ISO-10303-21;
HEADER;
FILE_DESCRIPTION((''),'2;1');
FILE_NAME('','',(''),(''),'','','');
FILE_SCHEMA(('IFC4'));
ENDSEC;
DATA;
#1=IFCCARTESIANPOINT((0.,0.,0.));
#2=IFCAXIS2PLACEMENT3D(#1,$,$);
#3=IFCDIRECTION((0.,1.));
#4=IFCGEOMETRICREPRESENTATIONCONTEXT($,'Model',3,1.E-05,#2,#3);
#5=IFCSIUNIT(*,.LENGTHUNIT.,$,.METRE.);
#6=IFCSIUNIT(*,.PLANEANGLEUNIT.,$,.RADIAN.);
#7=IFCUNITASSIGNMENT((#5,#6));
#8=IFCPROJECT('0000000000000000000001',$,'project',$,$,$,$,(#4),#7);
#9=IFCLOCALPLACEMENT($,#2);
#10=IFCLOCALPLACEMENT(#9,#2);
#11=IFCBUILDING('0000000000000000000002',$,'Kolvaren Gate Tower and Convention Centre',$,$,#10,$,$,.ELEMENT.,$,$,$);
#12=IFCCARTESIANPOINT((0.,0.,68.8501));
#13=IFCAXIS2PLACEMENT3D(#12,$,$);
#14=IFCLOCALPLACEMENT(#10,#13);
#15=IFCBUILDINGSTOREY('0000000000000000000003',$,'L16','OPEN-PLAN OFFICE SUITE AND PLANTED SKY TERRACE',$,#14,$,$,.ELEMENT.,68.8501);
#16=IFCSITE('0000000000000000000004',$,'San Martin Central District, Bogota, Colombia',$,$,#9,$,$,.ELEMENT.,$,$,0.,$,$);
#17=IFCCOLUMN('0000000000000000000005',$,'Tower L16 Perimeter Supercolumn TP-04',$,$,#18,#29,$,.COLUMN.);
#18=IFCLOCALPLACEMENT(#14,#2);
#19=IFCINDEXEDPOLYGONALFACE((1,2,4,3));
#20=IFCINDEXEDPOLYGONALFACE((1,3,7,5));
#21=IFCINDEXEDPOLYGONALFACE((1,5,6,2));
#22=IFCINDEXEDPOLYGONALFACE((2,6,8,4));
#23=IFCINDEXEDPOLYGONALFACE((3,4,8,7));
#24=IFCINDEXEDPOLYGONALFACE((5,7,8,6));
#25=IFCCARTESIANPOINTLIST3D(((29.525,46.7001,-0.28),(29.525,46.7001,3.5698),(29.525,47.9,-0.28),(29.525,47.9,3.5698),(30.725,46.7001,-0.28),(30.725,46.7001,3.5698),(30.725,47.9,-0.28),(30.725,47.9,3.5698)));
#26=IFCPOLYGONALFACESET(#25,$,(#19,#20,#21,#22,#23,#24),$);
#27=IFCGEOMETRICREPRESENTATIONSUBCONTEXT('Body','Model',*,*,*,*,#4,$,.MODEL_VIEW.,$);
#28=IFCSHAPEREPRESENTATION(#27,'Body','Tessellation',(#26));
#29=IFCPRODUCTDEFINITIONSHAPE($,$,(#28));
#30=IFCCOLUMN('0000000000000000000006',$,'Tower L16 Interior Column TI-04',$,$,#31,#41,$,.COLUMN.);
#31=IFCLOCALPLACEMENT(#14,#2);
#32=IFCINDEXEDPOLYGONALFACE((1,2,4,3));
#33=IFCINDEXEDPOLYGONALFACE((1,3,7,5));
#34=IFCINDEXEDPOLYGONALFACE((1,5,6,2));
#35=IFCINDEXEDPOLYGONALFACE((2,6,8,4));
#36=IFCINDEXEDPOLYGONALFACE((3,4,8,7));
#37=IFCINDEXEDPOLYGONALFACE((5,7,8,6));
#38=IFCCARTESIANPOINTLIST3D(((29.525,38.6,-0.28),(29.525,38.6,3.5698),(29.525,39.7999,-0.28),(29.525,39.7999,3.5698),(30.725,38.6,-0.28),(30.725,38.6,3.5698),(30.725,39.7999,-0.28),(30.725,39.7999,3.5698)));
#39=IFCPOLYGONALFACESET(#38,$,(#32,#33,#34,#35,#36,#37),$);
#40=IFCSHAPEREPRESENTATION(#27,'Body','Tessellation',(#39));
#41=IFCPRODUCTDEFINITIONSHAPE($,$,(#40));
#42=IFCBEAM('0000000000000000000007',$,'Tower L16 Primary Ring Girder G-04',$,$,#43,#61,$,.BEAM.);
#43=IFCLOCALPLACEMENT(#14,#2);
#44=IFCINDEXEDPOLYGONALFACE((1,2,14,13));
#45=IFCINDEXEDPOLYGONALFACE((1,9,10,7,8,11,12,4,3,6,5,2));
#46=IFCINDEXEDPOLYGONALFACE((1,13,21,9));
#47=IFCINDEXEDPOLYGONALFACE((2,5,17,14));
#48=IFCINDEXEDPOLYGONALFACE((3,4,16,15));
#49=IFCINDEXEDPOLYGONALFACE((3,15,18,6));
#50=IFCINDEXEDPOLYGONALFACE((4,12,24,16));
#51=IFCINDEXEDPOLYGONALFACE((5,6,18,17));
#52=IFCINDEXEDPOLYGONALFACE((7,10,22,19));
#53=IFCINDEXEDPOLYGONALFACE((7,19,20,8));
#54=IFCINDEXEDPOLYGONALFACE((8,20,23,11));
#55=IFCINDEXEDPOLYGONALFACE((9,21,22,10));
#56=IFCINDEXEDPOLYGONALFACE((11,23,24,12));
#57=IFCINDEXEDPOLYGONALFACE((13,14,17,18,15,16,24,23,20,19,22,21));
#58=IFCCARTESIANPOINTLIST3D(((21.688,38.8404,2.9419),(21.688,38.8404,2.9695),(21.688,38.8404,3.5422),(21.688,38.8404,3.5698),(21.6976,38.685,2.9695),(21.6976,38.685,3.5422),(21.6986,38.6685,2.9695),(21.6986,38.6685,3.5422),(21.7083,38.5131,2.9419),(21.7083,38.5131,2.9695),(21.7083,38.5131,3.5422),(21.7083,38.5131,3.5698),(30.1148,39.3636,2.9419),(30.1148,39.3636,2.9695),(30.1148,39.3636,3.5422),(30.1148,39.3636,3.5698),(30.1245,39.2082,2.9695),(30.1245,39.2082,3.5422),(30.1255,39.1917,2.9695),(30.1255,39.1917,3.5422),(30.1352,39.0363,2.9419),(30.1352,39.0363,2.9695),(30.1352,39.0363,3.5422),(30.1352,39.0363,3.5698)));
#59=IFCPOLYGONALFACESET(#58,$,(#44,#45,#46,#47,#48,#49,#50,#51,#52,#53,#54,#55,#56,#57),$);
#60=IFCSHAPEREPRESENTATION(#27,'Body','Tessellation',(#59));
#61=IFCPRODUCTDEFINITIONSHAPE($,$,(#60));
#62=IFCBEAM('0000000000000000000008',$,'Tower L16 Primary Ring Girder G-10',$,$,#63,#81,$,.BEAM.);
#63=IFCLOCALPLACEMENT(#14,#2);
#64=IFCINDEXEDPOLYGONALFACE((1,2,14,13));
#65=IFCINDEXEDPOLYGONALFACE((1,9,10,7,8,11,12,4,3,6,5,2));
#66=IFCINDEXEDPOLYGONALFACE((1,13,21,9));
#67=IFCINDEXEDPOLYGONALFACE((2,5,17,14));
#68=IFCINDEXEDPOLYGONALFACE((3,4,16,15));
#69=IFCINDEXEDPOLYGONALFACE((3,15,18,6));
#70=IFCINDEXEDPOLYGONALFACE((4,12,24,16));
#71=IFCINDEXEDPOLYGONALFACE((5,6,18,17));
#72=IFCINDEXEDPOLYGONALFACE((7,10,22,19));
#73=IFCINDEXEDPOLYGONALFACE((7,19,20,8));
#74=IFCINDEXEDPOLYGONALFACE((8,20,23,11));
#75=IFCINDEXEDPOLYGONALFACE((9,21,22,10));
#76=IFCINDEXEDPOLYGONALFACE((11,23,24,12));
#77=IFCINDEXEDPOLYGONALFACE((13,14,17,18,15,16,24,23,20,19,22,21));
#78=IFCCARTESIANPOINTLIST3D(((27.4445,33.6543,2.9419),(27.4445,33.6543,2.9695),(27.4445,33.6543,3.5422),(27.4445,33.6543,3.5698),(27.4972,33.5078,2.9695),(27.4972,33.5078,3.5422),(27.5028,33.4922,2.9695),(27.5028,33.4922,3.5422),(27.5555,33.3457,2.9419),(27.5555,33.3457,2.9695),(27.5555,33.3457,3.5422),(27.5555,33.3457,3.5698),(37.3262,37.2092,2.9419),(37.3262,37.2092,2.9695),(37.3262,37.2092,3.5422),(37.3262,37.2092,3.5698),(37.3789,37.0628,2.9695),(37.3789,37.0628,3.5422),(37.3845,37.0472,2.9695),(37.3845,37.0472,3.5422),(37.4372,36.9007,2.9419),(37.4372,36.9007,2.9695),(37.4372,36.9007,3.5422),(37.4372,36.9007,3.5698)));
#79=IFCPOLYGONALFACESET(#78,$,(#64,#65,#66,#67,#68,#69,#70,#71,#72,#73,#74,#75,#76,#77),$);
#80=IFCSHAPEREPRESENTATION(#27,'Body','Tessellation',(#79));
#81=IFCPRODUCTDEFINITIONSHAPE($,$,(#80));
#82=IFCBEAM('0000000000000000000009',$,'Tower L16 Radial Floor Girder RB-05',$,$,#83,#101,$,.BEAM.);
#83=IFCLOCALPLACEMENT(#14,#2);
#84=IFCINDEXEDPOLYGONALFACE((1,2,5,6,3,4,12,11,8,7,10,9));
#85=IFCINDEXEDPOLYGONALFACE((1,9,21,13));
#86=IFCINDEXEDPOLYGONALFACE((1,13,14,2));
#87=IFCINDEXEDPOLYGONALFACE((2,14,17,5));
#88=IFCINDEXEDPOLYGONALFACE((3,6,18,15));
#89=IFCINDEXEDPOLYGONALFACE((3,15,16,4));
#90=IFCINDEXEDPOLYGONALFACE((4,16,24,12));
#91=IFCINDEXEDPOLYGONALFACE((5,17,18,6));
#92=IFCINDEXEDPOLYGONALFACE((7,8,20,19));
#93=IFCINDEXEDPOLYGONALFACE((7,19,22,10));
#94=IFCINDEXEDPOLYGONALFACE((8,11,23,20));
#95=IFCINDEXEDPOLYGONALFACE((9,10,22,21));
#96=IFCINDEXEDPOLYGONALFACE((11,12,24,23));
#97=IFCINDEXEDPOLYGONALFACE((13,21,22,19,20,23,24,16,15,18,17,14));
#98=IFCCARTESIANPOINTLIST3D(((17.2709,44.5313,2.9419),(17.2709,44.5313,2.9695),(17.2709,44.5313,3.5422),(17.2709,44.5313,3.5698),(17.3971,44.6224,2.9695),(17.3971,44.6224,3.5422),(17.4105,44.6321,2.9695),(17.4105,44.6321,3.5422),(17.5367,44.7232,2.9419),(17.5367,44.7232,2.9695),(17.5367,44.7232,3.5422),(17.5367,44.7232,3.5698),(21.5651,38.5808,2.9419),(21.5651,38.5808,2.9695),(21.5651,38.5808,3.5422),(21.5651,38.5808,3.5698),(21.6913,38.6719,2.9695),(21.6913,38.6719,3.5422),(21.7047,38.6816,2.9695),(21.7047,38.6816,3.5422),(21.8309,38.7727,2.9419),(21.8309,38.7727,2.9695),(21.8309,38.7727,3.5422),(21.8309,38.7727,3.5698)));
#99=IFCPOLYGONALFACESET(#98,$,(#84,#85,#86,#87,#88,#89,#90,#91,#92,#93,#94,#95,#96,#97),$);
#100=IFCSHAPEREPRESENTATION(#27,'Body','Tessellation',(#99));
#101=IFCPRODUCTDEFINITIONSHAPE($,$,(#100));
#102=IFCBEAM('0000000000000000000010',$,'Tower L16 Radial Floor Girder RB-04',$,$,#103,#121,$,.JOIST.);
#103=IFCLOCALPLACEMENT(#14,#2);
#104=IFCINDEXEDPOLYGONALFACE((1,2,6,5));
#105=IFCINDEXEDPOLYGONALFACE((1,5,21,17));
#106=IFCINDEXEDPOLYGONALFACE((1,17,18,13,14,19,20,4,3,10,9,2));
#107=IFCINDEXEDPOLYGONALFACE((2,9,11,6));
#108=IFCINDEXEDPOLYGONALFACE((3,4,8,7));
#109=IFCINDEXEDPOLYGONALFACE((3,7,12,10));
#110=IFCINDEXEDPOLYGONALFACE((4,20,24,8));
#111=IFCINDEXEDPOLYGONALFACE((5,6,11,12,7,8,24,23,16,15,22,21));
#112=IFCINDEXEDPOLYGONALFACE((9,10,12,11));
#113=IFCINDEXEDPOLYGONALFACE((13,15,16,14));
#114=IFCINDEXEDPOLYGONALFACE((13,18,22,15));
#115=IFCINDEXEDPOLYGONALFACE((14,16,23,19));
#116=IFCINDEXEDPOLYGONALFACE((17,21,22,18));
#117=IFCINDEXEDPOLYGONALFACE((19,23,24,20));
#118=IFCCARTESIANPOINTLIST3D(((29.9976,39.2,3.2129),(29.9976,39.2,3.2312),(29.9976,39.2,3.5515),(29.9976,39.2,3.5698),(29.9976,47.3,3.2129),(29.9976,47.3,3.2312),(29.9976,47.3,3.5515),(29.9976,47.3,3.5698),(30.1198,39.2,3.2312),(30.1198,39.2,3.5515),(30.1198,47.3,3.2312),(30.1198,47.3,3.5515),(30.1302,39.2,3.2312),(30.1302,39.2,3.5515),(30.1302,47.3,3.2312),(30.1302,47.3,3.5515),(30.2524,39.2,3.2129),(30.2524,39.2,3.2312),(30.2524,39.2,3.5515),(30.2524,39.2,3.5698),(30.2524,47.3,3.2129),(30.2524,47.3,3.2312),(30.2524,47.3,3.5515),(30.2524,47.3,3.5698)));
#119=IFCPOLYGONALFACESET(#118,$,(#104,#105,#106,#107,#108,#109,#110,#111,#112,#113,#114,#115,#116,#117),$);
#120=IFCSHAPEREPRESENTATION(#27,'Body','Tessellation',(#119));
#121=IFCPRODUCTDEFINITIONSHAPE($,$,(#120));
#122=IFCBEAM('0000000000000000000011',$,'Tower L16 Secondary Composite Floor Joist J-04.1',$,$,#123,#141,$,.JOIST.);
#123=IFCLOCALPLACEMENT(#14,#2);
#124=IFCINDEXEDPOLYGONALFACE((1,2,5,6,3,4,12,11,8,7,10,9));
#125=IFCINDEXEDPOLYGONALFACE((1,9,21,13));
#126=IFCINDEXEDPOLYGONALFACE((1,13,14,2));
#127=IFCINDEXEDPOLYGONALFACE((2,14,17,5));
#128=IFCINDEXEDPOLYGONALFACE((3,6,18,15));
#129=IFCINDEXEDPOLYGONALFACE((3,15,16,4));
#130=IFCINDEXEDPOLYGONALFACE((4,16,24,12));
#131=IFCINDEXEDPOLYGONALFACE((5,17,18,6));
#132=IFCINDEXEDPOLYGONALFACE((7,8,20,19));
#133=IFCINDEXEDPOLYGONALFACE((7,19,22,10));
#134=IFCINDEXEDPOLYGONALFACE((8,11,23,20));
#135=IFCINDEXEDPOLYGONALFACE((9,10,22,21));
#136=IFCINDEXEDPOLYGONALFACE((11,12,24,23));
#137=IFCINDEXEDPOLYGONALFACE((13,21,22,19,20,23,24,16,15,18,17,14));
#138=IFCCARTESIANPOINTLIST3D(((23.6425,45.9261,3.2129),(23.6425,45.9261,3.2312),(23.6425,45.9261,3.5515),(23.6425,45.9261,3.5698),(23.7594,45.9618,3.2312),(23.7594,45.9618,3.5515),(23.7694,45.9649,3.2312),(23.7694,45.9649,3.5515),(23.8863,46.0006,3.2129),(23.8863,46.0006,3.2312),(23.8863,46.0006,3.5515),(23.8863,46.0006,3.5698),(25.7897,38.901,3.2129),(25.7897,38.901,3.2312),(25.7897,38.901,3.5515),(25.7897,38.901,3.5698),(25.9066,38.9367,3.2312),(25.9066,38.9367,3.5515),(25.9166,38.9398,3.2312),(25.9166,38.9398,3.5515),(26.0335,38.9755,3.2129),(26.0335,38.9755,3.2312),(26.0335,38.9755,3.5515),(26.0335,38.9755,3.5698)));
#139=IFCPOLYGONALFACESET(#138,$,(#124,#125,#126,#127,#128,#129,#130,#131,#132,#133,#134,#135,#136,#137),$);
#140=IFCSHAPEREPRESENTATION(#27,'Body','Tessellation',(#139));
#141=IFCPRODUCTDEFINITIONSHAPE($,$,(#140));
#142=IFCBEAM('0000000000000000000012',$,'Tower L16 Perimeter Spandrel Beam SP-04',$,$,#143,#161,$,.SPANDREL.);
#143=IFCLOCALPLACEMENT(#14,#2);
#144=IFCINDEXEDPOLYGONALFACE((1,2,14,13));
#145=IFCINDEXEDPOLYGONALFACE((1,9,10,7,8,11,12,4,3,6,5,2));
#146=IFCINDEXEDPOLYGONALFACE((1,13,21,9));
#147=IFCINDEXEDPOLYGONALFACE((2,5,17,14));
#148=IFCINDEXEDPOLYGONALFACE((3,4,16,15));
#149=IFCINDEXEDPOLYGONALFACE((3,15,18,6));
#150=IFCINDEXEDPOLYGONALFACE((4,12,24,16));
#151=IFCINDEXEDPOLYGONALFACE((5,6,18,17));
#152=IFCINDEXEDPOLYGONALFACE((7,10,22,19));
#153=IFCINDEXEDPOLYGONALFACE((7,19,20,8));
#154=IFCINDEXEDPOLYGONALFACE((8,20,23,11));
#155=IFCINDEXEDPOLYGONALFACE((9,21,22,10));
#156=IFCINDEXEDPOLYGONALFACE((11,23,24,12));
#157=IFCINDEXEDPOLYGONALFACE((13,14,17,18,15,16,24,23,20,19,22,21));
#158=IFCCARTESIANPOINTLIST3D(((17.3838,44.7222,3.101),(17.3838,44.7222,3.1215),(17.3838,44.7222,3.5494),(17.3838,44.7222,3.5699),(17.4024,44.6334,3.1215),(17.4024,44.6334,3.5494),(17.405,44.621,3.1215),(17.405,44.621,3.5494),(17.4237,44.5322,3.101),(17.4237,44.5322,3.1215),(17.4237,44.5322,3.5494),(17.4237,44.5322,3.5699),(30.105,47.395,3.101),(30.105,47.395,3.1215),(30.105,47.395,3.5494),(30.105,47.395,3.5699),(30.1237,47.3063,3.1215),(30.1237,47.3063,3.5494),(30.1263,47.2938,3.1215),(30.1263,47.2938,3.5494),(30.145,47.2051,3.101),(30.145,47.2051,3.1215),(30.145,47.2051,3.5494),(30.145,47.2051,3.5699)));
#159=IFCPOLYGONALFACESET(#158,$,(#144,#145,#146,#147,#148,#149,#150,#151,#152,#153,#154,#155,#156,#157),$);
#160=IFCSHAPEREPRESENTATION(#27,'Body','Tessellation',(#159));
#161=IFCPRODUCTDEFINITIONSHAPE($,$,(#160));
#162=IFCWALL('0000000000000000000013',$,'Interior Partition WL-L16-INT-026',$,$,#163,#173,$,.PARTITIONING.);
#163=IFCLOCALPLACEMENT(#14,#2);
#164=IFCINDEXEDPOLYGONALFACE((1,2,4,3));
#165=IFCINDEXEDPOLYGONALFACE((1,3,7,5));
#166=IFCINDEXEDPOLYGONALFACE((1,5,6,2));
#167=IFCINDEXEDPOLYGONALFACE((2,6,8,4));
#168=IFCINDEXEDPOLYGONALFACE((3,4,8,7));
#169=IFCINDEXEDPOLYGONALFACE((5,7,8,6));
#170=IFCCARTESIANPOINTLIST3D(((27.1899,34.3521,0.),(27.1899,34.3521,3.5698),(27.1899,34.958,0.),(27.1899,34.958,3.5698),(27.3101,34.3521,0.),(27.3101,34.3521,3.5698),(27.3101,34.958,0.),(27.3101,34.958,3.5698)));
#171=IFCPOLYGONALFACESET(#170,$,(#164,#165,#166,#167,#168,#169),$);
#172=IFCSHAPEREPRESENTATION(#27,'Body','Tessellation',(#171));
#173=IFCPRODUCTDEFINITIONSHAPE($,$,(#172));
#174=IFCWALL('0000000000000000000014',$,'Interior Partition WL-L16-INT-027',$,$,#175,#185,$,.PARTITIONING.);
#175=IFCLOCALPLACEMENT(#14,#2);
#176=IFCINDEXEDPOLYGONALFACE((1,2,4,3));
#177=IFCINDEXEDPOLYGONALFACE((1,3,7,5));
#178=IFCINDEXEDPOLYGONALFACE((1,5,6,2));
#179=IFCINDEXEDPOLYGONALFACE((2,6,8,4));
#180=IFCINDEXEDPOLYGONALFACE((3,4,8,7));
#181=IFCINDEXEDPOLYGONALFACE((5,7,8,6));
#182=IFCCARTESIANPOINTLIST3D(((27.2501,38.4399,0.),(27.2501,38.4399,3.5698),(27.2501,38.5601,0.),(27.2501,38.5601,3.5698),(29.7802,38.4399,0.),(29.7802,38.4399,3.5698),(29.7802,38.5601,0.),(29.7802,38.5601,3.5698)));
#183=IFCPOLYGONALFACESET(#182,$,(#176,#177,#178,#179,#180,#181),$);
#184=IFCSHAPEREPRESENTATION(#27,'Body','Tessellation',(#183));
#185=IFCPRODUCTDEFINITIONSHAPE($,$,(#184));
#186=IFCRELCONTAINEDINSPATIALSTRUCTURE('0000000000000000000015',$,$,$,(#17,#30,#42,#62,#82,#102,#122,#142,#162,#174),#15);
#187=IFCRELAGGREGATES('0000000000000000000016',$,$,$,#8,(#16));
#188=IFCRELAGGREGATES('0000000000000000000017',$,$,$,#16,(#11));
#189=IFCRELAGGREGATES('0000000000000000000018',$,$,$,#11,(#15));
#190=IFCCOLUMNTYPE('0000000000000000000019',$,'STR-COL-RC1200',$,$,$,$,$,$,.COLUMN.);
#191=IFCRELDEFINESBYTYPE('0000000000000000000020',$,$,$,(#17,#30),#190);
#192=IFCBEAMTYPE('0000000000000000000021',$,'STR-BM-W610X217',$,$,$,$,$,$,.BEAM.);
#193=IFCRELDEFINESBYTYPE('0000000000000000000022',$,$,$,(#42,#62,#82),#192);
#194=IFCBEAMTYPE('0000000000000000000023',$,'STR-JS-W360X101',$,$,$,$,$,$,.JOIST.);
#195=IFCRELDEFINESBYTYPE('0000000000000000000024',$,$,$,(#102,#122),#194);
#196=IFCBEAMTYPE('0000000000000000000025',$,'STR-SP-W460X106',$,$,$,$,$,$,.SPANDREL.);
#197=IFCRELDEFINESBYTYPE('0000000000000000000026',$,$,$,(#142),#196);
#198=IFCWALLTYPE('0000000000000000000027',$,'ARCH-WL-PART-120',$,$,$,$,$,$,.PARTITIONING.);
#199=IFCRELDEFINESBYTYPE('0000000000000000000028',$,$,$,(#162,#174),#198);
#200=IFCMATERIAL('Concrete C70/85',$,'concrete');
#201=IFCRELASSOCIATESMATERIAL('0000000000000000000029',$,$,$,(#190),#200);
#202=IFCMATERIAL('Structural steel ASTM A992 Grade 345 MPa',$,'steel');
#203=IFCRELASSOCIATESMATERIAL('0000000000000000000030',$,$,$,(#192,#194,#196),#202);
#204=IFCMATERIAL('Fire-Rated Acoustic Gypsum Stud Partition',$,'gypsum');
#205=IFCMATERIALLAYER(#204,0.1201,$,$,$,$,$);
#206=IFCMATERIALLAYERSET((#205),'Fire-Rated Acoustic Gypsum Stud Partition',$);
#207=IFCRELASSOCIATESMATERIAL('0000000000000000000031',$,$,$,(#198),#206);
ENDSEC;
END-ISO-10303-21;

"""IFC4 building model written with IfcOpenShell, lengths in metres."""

from ifc_helpers import new_model, si_unit, direction, frame, frame_2d, origin, origin_2d, place, context, subcontext, project, spatial, rectangle, i_section, extrude, material, layer, layer_set, material_profile, profile_set, type_object, element, save


model = new_model("IFC4")

# Units and contexts
model_context = context("Model", 3, precision=1e-05, world=origin(), true_north=direction((0.0, 1.0)))
body_context = subcontext(model_context, "Body", "Model", "MODEL_VIEW")
ifc_project = project(units=[si_unit("LENGTHUNIT", "METRE"), si_unit("PLANEANGLEUNIT", "RADIAN")], contexts=[model_context])

# Site, building, storey
site_placement = place(None, origin())
site = spatial("IfcSite", under=ifc_project, at=site_placement, Name="San Martin Central District, Bogota, Colombia", CompositionType="ELEMENT", RefElevation=0.0)
building_placement = place(site_placement, origin())
building = spatial("IfcBuilding", under=site, at=building_placement, Name="Kolvaren Gate Tower and Convention Centre", CompositionType="ELEMENT")
storey_placement = place(building_placement, frame((0.0, 0.0, 68.8501)))
storey = spatial("IfcBuildingStorey", under=building, at=storey_placement, Name="L16", Description="OPEN-PLAN OFFICE SUITE AND PLANTED SKY TERRACE", CompositionType="ELEMENT", Elevation=68.8501)

# Columns
ifc_material_1 = material(Name="Concrete C70/85", Category="concrete")
ifc_material_profile_1 = material_profile(ifc_material_1, rectangle(XDim=1.2, YDim=1.2, at=origin_2d()), Name="RC-COL-1200X1200")
ifc_profile_set_1 = profile_set([ifc_material_profile_1], Name="Concrete C70/85")
column_type = type_object("IfcColumnType", Name="STR-COL-RC1200", PredefinedType="COLUMN", material=ifc_profile_set_1)
for number, where, z_axis, x_axis, name in (
    (1, (30.125, 47.3, -0.28), (0.0, 0.0, 1.0), (1.0, 0.0, 0.0), "Tower L16 Perimeter Supercolumn TP-04"),
    (2, (30.125, 39.2, -0.28), (0.0, 0.0, 1.0), (1.0, 0.0, 0.0), "Tower L16 Interior Column TI-04"),
):
    element("IfcColumn", number, at=place(storey_placement, frame(where, z_axis=z_axis, x_axis=x_axis)), inside=storey, type_object=column_type, Name=name, PredefinedType="COLUMN", context=body_context, shape_type="SweptSolid", body=[
        extrude(rectangle(XDim=1.2, YDim=1.2, at=origin_2d()), origin(), (0.0, 0.0, 1.0), 3.8499),
    ])

# Beams
ifc_material_2 = material(Name="Structural steel ASTM A992 Grade 345 MPa", Category="steel")
ifc_material_profile_2 = material_profile(ifc_material_2, i_section(OverallWidth=0.3279, OverallDepth=0.6279, WebThickness=0.0166, FlangeThickness=0.0276, at=origin_2d()), Name="W610X217")
ifc_profile_set_2 = profile_set([ifc_material_profile_2], Name="Structural steel ASTM A992 Grade 345 MPa")
beam_type_1 = type_object("IfcBeamType", Name="STR-BM-W610X217", PredefinedType="BEAM", material=ifc_profile_set_2)
beam_1_placement = place(storey_placement, frame((30.125, 39.2, 3.2559), z_axis=(-0.998078, -0.061966, 0.0), x_axis=(0.061966, -0.998078, 0.0)))
element("IfcBeam", 3, at=beam_1_placement, inside=storey, type_object=beam_type_1, Name="Tower L16 Primary Ring Girder G-04", PredefinedType="BEAM", context=body_context, shape_type="SweptSolid", body=[
    extrude(i_section(OverallWidth=0.3279, OverallDepth=0.6279, WebThickness=0.0166, FlangeThickness=0.0276, at=origin_2d()), origin(), (0.0, 0.0, 1.0), 8.4431),
])
beam_2_placement = place(storey_placement, frame((27.5, 33.5, 3.2559), z_axis=(0.940961, 0.338514, 0.0), x_axis=(-0.338514, 0.940961, 0.0)))
element("IfcBeam", 4, at=beam_2_placement, inside=storey, type_object=beam_type_1, Name="Tower L16 Primary Ring Girder G-10", PredefinedType="BEAM", context=body_context, shape_type="SweptSolid", body=[
    extrude(i_section(OverallWidth=0.3279, OverallDepth=0.6279, WebThickness=0.0166, FlangeThickness=0.0276, at=origin_2d()), origin(), (0.0, 0.0, 1.0), 10.5017),
])
beam_3_placement = place(storey_placement, frame((21.698, 38.6768, 3.2559), z_axis=(-0.58519, 0.810896, 0.0), x_axis=(-0.810896, -0.58519, 0.0)))
element("IfcBeam", 5, at=beam_3_placement, inside=storey, type_object=beam_type_1, Name="Tower L16 Radial Floor Girder RB-05", PredefinedType="BEAM", context=body_context, shape_type="SweptSolid", body=[
    extrude(i_section(OverallWidth=0.3279, OverallDepth=0.6279, WebThickness=0.0166, FlangeThickness=0.0276, at=origin_2d()), origin(), (0.0, 0.0, 1.0), 7.3381),
])
ifc_material_profile_3 = material_profile(ifc_material_2, i_section(OverallWidth=0.2549, OverallDepth=0.3569, WebThickness=0.0105, FlangeThickness=0.0183, at=origin_2d()), Name="W360X101")
ifc_profile_set_3 = profile_set([ifc_material_profile_3], Name="Structural steel ASTM A992 Grade 345 MPa")
beam_type_2 = type_object("IfcBeamType", Name="STR-JS-W360X101", PredefinedType="JOIST", material=ifc_profile_set_3)
beam_4_placement = place(storey_placement, frame((30.125, 39.2, 3.3914), z_axis=(0.0, 1.0, 0.0), x_axis=(-1.0, 0.0, 0.0)))
element("IfcBeam", 6, at=beam_4_placement, inside=storey, type_object=beam_type_2, Name="Tower L16 Radial Floor Girder RB-04", PredefinedType="JOIST", context=body_context, shape_type="SweptSolid", body=[
    extrude(i_section(OverallWidth=0.2549, OverallDepth=0.3569, WebThickness=0.0105, FlangeThickness=0.0183, at=origin_2d()), origin(), (0.0, 0.0, 1.0), 8.1001),
])
beam_5_placement = place(storey_placement, frame((25.9116, 38.9382, 3.3914), z_axis=(-0.292299, 0.956327, 0.0), x_axis=(-0.956327, -0.292299, 0.0)))
element("IfcBeam", 7, at=beam_5_placement, inside=storey, type_object=beam_type_2, Name="Tower L16 Secondary Composite Floor Joist J-04.1", PredefinedType="JOIST", context=body_context, shape_type="SweptSolid", body=[
    extrude(i_section(OverallWidth=0.2549, OverallDepth=0.3569, WebThickness=0.0105, FlangeThickness=0.0183, at=origin_2d()), origin(), (0.0, 0.0, 1.0), 7.3459),
])
ifc_material_profile_4 = material_profile(ifc_material_2, i_section(OverallWidth=0.1941, OverallDepth=0.469, WebThickness=0.0127, FlangeThickness=0.0205, at=origin_2d()), Name="W460X106")
ifc_profile_set_4 = profile_set([ifc_material_profile_4], Name="Structural steel ASTM A992 Grade 345 MPa")
beam_type_3 = type_object("IfcBeamType", Name="STR-SP-W460X106", PredefinedType="SPANDREL", material=ifc_profile_set_4)
beam_6_placement = place(storey_placement, frame((30.125, 47.3, 3.3354), z_axis=(-0.978632, -0.20562, 0.0), x_axis=(0.20562, -0.978632, 0.0)))
element("IfcBeam", 8, at=beam_6_placement, inside=storey, type_object=beam_type_3, Name="Tower L16 Perimeter Spandrel Beam SP-04", PredefinedType="SPANDREL", context=body_context, shape_type="SweptSolid", body=[
    extrude(i_section(OverallWidth=0.1941, OverallDepth=0.469, WebThickness=0.0127, FlangeThickness=0.0205, at=origin_2d()), origin(), (0.0, 0.0, 1.0), 12.999),
])

# Walls
ifc_material_3 = material(Name="Fire-Rated Acoustic Gypsum Stud Partition", Category="gypsum")
ifc_layer_1 = layer(ifc_material_3, 0.1201)
ifc_layer_set_1 = layer_set([ifc_layer_1], Name="Fire-Rated Acoustic Gypsum Stud Partition")
wall_type_1 = type_object("IfcWallType", Name="ARCH-WL-PART-120", PredefinedType="PARTITIONING", material=ifc_layer_set_1)
wall_1_placement = place(storey_placement, frame((27.25, 34.3521, 0.0), z_axis=(0.0, 0.0, 1.0), x_axis=(0.0, 1.0, 0.0)))
element("IfcWall", 9, at=wall_1_placement, inside=storey, type_object=wall_type_1, Name="Interior Partition WL-L16-INT-026", PredefinedType="PARTITIONING", context=body_context, shape_type="SweptSolid", body=[
    extrude(rectangle(XDim=0.606, YDim=0.1201, at=frame_2d((0.303, 0.0))), origin(), (0.0, 0.0, 1.0), 3.5698),
])
wall_2_placement = place(storey_placement, frame((27.25, 38.5, 0.0), z_axis=(0.0, 0.0, 1.0), x_axis=(1.0, 0.0, 0.0)))
element("IfcWall", 10, at=wall_2_placement, inside=storey, type_object=wall_type_1, Name="Interior Partition WL-L16-INT-027", PredefinedType="PARTITIONING", context=body_context, shape_type="SweptSolid", body=[
    extrude(rectangle(XDim=2.53, YDim=0.1201, at=frame_2d((1.2651, 0.0))), origin(), (0.0, 0.0, 1.0), 3.5698),
])

save(model, "model.ifc")
